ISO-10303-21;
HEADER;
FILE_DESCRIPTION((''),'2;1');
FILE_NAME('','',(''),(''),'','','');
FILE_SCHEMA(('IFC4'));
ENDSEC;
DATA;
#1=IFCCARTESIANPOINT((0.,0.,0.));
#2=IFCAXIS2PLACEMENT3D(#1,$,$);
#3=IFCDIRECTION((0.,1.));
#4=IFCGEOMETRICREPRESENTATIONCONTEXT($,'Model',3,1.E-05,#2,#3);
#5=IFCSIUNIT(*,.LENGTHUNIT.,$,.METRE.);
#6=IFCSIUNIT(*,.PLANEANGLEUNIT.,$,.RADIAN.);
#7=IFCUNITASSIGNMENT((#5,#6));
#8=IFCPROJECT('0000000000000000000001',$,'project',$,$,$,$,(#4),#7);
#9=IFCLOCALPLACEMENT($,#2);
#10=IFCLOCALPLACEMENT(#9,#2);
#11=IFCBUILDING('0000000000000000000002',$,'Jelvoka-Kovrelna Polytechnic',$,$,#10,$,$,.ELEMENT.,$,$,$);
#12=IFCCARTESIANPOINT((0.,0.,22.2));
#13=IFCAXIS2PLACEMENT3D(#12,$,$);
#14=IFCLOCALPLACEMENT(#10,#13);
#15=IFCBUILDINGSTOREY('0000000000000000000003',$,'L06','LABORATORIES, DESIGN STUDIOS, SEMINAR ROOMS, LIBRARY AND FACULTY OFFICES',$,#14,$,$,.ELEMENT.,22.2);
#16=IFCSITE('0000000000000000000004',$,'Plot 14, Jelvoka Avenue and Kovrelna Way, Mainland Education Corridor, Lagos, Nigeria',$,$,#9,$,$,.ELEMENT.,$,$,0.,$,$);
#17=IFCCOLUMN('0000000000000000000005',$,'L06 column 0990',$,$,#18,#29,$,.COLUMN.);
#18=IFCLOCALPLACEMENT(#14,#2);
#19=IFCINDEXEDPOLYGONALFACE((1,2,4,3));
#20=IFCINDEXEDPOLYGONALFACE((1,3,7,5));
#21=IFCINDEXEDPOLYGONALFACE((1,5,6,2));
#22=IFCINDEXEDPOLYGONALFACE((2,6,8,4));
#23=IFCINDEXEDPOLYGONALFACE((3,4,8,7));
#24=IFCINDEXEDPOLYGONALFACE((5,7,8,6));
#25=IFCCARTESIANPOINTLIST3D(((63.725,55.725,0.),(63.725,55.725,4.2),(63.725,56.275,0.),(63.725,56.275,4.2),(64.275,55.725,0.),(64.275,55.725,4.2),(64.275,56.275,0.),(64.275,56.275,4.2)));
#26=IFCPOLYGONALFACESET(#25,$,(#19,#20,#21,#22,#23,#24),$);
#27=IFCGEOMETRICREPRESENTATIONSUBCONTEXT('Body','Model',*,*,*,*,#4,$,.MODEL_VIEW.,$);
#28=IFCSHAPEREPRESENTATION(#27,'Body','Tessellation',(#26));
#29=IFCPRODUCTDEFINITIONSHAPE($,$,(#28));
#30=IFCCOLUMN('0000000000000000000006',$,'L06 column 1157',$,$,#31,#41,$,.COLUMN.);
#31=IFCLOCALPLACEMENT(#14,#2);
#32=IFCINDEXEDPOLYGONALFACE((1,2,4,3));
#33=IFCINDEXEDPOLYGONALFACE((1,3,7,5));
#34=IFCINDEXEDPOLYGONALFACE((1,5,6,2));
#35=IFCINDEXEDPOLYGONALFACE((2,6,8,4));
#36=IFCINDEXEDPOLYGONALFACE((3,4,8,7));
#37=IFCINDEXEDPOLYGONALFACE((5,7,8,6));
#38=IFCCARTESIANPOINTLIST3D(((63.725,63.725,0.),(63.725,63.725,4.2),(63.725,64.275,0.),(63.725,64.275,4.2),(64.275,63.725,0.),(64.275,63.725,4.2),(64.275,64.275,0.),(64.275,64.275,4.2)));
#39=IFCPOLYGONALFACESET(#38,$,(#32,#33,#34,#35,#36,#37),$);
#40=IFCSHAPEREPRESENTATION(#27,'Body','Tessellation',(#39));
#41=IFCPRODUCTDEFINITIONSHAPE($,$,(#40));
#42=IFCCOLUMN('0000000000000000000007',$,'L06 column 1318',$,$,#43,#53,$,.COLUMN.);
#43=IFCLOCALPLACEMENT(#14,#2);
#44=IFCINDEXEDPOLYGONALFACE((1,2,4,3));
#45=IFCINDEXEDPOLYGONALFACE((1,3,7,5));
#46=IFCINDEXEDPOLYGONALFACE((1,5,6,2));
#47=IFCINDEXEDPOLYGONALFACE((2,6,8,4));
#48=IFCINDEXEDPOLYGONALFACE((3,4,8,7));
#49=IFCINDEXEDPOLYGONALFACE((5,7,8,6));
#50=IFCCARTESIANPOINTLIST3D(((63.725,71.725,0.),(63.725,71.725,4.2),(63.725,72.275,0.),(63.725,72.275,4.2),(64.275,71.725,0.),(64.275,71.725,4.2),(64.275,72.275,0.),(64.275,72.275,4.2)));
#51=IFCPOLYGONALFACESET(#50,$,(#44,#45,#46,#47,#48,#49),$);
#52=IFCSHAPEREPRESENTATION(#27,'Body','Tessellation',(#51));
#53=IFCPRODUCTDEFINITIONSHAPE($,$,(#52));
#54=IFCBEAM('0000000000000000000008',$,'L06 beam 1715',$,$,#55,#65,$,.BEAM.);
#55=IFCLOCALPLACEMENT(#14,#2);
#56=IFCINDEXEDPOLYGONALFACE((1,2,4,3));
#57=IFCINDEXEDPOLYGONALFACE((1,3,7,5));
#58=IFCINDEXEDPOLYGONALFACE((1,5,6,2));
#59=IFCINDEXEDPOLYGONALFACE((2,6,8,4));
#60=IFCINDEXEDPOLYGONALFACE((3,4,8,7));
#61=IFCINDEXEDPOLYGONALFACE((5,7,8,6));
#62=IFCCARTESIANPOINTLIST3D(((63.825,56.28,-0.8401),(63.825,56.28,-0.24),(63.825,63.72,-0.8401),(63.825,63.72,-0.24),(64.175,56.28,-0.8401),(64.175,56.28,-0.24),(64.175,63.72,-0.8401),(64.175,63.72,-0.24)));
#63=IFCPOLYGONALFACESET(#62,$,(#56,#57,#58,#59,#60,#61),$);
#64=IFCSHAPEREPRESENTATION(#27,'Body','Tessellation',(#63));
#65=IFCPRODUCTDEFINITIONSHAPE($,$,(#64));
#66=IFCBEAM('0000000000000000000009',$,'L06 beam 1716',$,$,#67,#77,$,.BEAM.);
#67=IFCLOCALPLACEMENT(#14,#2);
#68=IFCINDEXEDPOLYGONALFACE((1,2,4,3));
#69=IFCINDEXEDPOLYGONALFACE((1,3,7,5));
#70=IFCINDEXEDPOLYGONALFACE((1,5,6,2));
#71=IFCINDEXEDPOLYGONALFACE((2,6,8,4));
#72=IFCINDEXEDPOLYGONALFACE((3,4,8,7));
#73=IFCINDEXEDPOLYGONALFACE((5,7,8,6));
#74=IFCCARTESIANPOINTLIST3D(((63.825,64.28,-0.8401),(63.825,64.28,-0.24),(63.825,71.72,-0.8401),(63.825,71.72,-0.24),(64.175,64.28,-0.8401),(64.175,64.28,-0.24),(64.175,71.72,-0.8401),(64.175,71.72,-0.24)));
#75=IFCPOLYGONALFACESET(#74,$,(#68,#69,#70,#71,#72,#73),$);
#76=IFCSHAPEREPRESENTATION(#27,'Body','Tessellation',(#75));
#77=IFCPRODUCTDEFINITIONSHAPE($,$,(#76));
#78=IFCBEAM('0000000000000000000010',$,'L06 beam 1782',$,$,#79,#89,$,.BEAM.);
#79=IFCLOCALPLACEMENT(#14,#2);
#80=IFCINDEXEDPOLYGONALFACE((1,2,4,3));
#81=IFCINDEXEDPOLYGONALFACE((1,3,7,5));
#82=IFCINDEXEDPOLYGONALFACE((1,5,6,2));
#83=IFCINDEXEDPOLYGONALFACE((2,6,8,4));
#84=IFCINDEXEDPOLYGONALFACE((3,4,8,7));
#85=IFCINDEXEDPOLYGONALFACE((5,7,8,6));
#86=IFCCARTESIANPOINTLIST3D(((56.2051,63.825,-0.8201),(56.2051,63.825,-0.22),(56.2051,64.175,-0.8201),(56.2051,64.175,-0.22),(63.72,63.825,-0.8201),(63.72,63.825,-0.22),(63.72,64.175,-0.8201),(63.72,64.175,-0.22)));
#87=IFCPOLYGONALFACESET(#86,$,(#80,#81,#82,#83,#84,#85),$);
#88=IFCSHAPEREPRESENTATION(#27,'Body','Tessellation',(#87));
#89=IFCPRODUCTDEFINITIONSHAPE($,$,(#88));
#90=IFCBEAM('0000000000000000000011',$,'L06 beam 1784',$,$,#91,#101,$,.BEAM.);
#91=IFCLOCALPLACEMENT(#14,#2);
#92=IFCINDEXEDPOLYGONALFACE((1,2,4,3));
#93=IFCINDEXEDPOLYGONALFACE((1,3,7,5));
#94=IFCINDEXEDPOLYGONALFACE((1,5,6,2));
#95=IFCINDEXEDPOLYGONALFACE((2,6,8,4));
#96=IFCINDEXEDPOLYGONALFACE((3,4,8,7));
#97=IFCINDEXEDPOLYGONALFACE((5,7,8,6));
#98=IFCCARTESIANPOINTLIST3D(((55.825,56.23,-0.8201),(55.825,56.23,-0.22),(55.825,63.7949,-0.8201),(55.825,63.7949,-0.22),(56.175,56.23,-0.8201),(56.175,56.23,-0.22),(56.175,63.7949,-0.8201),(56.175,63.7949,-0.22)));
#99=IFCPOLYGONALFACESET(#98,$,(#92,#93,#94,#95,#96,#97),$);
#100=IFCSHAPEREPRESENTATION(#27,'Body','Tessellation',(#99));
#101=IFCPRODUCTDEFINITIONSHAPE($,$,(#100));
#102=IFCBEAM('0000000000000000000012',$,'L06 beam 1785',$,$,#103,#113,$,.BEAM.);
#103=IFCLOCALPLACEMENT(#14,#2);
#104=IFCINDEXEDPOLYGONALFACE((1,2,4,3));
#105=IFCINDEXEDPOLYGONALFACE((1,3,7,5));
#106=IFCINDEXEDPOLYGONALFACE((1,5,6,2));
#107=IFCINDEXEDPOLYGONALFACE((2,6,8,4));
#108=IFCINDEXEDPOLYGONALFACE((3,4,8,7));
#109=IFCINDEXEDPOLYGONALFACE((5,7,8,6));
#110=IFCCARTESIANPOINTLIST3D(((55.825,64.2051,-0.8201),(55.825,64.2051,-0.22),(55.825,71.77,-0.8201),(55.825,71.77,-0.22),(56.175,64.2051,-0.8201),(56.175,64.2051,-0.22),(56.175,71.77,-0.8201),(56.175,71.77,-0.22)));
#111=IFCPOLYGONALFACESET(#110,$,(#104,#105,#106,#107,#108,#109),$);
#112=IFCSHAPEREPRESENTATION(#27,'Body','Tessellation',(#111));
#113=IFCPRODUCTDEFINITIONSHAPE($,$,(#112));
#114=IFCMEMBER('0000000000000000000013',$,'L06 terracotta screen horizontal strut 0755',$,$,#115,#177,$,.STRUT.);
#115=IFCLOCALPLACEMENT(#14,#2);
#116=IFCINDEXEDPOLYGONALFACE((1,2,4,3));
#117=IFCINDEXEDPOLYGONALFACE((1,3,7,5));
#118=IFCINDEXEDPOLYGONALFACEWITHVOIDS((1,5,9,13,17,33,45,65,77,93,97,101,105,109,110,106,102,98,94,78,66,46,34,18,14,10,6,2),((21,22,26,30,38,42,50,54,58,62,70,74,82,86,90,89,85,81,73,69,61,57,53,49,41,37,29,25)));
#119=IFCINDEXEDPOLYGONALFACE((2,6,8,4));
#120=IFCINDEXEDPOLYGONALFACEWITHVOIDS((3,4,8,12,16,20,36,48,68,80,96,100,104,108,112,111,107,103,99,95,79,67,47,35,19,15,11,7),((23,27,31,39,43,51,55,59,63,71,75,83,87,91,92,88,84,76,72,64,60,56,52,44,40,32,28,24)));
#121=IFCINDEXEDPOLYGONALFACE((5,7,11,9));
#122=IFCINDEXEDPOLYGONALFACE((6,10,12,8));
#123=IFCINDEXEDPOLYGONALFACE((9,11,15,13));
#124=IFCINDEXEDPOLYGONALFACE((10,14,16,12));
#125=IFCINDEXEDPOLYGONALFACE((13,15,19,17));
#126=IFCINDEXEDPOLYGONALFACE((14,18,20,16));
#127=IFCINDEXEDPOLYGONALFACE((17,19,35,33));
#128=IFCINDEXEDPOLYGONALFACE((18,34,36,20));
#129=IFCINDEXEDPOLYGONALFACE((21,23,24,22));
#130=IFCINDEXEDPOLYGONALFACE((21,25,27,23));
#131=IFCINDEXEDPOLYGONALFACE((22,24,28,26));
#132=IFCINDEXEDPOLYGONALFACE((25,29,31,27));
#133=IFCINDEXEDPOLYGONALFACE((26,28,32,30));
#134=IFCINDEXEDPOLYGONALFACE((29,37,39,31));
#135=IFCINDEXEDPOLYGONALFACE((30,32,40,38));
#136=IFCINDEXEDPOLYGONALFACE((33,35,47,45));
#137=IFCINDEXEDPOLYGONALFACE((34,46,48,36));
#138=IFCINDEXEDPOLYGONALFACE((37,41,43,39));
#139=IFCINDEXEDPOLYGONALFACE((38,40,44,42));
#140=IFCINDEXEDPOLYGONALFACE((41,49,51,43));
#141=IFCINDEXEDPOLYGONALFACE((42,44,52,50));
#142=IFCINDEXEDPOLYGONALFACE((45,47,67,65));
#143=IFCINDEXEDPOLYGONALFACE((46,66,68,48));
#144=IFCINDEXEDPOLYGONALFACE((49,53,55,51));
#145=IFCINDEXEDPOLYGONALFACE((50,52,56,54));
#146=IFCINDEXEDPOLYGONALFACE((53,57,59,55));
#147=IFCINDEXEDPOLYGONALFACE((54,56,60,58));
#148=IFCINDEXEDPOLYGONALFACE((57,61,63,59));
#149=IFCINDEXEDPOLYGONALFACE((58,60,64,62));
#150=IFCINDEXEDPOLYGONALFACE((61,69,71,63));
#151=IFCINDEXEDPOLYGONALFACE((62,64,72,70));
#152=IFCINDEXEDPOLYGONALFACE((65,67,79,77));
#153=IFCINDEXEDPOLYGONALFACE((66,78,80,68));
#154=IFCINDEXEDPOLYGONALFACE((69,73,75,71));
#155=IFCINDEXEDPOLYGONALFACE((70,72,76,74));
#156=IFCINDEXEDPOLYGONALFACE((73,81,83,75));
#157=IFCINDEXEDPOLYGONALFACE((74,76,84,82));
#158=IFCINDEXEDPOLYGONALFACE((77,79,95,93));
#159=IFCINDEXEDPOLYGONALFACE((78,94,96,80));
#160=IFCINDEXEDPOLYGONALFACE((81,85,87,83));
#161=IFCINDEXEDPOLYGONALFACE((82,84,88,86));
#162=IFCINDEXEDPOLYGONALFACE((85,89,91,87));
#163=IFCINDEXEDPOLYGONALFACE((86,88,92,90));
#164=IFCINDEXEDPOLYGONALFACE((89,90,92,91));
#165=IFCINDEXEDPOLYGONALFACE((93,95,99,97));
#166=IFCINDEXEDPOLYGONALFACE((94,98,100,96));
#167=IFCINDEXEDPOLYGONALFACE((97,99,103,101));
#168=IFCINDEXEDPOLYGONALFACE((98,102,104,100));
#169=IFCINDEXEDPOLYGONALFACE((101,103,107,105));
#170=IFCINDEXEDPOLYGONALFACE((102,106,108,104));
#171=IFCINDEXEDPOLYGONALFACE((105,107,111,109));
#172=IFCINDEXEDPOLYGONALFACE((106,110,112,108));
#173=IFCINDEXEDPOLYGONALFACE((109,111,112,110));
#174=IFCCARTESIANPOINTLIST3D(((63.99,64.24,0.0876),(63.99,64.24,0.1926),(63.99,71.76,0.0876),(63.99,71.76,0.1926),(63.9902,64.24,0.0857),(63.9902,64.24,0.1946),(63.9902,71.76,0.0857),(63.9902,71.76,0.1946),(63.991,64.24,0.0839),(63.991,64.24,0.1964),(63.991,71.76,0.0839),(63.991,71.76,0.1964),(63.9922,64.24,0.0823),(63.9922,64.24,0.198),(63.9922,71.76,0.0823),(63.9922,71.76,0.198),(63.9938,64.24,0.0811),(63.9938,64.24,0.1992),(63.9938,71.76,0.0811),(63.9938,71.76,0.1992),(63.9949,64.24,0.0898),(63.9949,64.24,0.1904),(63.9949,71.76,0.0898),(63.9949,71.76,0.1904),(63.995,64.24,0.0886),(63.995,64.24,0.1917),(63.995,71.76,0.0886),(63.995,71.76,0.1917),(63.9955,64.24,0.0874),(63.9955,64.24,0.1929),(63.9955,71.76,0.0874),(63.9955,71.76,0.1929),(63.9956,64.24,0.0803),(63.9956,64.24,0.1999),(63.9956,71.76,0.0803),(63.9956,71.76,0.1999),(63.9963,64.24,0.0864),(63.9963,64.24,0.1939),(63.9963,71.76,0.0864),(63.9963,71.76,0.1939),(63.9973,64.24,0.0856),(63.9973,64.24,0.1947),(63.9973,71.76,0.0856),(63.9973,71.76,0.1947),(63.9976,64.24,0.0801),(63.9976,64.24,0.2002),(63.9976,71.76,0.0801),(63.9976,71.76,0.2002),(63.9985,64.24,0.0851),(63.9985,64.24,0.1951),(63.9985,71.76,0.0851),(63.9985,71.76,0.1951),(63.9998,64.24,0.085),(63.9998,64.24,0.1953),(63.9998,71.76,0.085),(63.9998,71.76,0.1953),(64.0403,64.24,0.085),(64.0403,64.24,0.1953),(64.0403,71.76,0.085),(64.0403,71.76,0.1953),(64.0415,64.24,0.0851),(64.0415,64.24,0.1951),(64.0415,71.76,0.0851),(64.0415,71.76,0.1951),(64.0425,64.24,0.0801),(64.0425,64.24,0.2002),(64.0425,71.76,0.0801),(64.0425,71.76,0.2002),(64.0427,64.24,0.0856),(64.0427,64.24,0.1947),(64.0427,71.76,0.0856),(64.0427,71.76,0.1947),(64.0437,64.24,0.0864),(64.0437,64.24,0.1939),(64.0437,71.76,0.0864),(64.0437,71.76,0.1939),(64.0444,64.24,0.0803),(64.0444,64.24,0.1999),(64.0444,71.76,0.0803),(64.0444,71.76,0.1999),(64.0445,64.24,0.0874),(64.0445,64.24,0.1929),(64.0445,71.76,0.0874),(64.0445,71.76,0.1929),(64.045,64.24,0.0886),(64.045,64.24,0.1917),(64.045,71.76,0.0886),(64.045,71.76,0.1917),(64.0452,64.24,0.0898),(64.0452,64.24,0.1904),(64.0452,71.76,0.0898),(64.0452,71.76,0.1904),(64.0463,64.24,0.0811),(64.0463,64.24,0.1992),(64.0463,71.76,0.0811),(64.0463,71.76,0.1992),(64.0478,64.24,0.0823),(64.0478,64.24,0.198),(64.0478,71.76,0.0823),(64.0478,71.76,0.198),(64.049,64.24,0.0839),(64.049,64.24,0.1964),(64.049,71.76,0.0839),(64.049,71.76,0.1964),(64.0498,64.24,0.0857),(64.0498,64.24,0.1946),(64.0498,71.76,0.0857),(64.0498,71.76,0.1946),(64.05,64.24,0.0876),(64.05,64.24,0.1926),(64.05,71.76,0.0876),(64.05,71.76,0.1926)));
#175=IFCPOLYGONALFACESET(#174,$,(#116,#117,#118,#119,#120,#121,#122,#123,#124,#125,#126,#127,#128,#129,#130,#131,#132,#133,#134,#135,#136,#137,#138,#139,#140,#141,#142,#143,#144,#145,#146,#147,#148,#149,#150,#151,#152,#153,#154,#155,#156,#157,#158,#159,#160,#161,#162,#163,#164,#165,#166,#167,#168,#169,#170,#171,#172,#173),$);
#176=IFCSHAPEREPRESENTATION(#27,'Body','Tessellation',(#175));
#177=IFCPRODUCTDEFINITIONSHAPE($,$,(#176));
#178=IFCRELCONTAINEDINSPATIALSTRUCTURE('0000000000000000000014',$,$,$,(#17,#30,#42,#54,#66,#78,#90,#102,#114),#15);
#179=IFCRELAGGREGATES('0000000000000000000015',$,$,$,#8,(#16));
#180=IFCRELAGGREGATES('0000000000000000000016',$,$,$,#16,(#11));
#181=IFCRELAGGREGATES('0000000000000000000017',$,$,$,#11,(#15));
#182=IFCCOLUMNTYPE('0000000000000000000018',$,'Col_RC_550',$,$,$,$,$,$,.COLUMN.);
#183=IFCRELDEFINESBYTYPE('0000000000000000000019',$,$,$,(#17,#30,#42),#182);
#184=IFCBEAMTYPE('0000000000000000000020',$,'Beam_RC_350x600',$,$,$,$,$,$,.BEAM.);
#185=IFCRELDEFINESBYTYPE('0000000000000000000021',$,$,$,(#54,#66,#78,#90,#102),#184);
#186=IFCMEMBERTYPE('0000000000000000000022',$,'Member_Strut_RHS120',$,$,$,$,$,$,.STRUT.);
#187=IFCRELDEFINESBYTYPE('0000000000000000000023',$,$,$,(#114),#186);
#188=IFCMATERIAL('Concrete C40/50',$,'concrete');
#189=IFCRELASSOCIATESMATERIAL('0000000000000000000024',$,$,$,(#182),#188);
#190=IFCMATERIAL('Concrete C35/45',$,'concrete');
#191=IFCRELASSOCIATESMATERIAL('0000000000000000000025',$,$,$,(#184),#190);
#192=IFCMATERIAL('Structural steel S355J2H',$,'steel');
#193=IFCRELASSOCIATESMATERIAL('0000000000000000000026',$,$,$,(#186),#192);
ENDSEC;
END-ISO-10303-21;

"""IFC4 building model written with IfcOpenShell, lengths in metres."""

from ifc_helpers import new_model, si_unit, direction, frame, origin, origin_2d, place, context, subcontext, project, spatial, rectangle, hollow_rectangle, extrude, material, material_profile, profile_set, type_object, element, save


model = new_model("IFC4")

# Units and contexts
model_context = context("Model", 3, precision=1e-05, world=origin(), true_north=direction((0.0, 1.0)))
body_context = subcontext(model_context, "Body", "Model", "MODEL_VIEW")
ifc_project = project(units=[si_unit("LENGTHUNIT", "METRE"), si_unit("PLANEANGLEUNIT", "RADIAN")], contexts=[model_context])

# Site, building, storey
site_placement = place(None, origin())
site = spatial("IfcSite", under=ifc_project, at=site_placement, Name="Plot 14, Jelvoka Avenue and Kovrelna Way, Mainland Education Corridor, Lagos, Nigeria", CompositionType="ELEMENT", RefElevation=0.0)
building_placement = place(site_placement, origin())
building = spatial("IfcBuilding", under=site, at=building_placement, Name="Jelvoka-Kovrelna Polytechnic", CompositionType="ELEMENT")
storey_placement = place(building_placement, frame((0.0, 0.0, 22.2)))
storey = spatial("IfcBuildingStorey", under=building, at=storey_placement, Name="L06", Description="LABORATORIES, DESIGN STUDIOS, SEMINAR ROOMS, LIBRARY AND FACULTY OFFICES", CompositionType="ELEMENT", Elevation=22.2)

# Columns
ifc_material_1 = material(Name="Concrete C40/50", Category="concrete")
ifc_material_profile_1 = material_profile(ifc_material_1, rectangle(XDim=0.55, YDim=0.55, at=origin_2d()), Name="RC 550x550")
ifc_profile_set_1 = profile_set([ifc_material_profile_1], Name="Concrete C40/50")
column_type = type_object("IfcColumnType", Name="Col_RC_550", PredefinedType="COLUMN", material=ifc_profile_set_1)
for number, where, z_axis, x_axis, name in (
    (1, (64.0, 56.0, 0.0), (0.0, 0.0, 1.0), (1.0, 0.0, 0.0), "L06 column 0990"),
    (2, (64.0, 64.0, 0.0), (0.0, 0.0, 1.0), (1.0, 0.0, 0.0), "L06 column 1157"),
    (3, (64.0, 72.0, 0.0), (0.0, 0.0, 1.0), (1.0, 0.0, 0.0), "L06 column 1318"),
):
    element("IfcColumn", number, at=place(storey_placement, frame(where, z_axis=z_axis, x_axis=x_axis)), inside=storey, type_object=column_type, Name=name, PredefinedType="COLUMN", context=body_context, shape_type="SweptSolid", body=[
        extrude(rectangle(XDim=0.55, YDim=0.55, at=origin_2d()), origin(), (0.0, 0.0, 1.0), 4.2),
    ])

# Beams
ifc_material_2 = material(Name="Concrete C35/45", Category="concrete")
ifc_material_profile_2 = material_profile(ifc_material_2, rectangle(XDim=0.3501, YDim=0.6001, at=origin_2d()), Name="RC 350x600")
ifc_profile_set_2 = profile_set([ifc_material_profile_2], Name="Concrete C35/45")
beam_type_1 = type_object("IfcBeamType", Name="Beam_RC_350x600", PredefinedType="BEAM", material=ifc_profile_set_2)
for number, where, z_axis, x_axis, name in (
    (4, (64.0, 56.28, -0.54), (0.0, 1.0, 0.0), (-1.0, 0.0, 0.0), "L06 beam 1715"),
    (5, (64.0, 64.28, -0.54), (0.0, 1.0, 0.0), (-1.0, 0.0, 0.0), "L06 beam 1716"),
):
    element("IfcBeam", number, at=place(storey_placement, frame(where, z_axis=z_axis, x_axis=x_axis)), inside=storey, type_object=beam_type_1, Name=name, PredefinedType="BEAM", context=body_context, shape_type="SweptSolid", body=[
        extrude(rectangle(XDim=0.3501, YDim=0.6001, at=origin_2d()), origin(), (0.0, 0.0, 1.0), 7.4399),
    ])
beam_1_placement = place(storey_placement, frame((56.2051, 64.0, -0.52), z_axis=(1.0, 0.0, 0.0), x_axis=(0.0, 1.0, 0.0)))
element("IfcBeam", 6, at=beam_1_placement, inside=storey, type_object=beam_type_1, Name="L06 beam 1782", PredefinedType="BEAM", context=body_context, shape_type="SweptSolid", body=[
    extrude(rectangle(XDim=0.3501, YDim=0.6001, at=origin_2d()), origin(), (0.0, 0.0, 1.0), 7.5149),
])
for number, where, z_axis, x_axis, name in (
    (7, (56.0, 56.23, -0.52), (0.0, 1.0, 0.0), (-1.0, 0.0, 0.0), "L06 beam 1784"),
    (8, (56.0, 64.2051, -0.52), (0.0, 1.0, 0.0), (-1.0, 0.0, 0.0), "L06 beam 1785"),
):
    element("IfcBeam", number, at=place(storey_placement, frame(where, z_axis=z_axis, x_axis=x_axis)), inside=storey, type_object=beam_type_1, Name=name, PredefinedType="BEAM", context=body_context, shape_type="SweptSolid", body=[
        extrude(rectangle(XDim=0.3501, YDim=0.6001, at=origin_2d()), origin(), (0.0, 0.0, 1.0), 7.5649),
    ])

# Member
ifc_material_3 = material(Name="Structural steel S355J2H", Category="steel")
ifc_material_profile_3 = material_profile(ifc_material_3, hollow_rectangle(XDim=0.0601, YDim=0.1201, WallThickness=0.0049, InnerFilletRadius=0.0049, OuterFilletRadius=0.0076, at=origin_2d()), Name="120x60x5.0 RHS")
ifc_profile_set_3 = profile_set([ifc_material_profile_3], Name="Structural steel S355J2H")
member_type_1 = type_object("IfcMemberType", Name="Member_Strut_RHS120", PredefinedType="STRUT", material=ifc_profile_set_3)
for number, where, z_axis, x_axis, name in (
    (9, (64.02, 64.24, 0.1401), (0.0, 1.0, 0.0), (-1.0, 0.0, 0.0), "L06 terracotta screen horizontal strut 0755"),
):
    element("IfcMember", number, at=place(storey_placement, frame(where, z_axis=z_axis, x_axis=x_axis)), inside=storey, type_object=member_type_1, Name=name, PredefinedType="STRUT", context=body_context, shape_type="SweptSolid", body=[
        extrude(hollow_rectangle(XDim=0.0601, YDim=0.1201, WallThickness=0.0049, InnerFilletRadius=0.0049, OuterFilletRadius=0.0076, at=origin_2d()), origin(), (0.0, 0.0, 1.0), 7.52),
    ])

save(model, "model.ifc")
